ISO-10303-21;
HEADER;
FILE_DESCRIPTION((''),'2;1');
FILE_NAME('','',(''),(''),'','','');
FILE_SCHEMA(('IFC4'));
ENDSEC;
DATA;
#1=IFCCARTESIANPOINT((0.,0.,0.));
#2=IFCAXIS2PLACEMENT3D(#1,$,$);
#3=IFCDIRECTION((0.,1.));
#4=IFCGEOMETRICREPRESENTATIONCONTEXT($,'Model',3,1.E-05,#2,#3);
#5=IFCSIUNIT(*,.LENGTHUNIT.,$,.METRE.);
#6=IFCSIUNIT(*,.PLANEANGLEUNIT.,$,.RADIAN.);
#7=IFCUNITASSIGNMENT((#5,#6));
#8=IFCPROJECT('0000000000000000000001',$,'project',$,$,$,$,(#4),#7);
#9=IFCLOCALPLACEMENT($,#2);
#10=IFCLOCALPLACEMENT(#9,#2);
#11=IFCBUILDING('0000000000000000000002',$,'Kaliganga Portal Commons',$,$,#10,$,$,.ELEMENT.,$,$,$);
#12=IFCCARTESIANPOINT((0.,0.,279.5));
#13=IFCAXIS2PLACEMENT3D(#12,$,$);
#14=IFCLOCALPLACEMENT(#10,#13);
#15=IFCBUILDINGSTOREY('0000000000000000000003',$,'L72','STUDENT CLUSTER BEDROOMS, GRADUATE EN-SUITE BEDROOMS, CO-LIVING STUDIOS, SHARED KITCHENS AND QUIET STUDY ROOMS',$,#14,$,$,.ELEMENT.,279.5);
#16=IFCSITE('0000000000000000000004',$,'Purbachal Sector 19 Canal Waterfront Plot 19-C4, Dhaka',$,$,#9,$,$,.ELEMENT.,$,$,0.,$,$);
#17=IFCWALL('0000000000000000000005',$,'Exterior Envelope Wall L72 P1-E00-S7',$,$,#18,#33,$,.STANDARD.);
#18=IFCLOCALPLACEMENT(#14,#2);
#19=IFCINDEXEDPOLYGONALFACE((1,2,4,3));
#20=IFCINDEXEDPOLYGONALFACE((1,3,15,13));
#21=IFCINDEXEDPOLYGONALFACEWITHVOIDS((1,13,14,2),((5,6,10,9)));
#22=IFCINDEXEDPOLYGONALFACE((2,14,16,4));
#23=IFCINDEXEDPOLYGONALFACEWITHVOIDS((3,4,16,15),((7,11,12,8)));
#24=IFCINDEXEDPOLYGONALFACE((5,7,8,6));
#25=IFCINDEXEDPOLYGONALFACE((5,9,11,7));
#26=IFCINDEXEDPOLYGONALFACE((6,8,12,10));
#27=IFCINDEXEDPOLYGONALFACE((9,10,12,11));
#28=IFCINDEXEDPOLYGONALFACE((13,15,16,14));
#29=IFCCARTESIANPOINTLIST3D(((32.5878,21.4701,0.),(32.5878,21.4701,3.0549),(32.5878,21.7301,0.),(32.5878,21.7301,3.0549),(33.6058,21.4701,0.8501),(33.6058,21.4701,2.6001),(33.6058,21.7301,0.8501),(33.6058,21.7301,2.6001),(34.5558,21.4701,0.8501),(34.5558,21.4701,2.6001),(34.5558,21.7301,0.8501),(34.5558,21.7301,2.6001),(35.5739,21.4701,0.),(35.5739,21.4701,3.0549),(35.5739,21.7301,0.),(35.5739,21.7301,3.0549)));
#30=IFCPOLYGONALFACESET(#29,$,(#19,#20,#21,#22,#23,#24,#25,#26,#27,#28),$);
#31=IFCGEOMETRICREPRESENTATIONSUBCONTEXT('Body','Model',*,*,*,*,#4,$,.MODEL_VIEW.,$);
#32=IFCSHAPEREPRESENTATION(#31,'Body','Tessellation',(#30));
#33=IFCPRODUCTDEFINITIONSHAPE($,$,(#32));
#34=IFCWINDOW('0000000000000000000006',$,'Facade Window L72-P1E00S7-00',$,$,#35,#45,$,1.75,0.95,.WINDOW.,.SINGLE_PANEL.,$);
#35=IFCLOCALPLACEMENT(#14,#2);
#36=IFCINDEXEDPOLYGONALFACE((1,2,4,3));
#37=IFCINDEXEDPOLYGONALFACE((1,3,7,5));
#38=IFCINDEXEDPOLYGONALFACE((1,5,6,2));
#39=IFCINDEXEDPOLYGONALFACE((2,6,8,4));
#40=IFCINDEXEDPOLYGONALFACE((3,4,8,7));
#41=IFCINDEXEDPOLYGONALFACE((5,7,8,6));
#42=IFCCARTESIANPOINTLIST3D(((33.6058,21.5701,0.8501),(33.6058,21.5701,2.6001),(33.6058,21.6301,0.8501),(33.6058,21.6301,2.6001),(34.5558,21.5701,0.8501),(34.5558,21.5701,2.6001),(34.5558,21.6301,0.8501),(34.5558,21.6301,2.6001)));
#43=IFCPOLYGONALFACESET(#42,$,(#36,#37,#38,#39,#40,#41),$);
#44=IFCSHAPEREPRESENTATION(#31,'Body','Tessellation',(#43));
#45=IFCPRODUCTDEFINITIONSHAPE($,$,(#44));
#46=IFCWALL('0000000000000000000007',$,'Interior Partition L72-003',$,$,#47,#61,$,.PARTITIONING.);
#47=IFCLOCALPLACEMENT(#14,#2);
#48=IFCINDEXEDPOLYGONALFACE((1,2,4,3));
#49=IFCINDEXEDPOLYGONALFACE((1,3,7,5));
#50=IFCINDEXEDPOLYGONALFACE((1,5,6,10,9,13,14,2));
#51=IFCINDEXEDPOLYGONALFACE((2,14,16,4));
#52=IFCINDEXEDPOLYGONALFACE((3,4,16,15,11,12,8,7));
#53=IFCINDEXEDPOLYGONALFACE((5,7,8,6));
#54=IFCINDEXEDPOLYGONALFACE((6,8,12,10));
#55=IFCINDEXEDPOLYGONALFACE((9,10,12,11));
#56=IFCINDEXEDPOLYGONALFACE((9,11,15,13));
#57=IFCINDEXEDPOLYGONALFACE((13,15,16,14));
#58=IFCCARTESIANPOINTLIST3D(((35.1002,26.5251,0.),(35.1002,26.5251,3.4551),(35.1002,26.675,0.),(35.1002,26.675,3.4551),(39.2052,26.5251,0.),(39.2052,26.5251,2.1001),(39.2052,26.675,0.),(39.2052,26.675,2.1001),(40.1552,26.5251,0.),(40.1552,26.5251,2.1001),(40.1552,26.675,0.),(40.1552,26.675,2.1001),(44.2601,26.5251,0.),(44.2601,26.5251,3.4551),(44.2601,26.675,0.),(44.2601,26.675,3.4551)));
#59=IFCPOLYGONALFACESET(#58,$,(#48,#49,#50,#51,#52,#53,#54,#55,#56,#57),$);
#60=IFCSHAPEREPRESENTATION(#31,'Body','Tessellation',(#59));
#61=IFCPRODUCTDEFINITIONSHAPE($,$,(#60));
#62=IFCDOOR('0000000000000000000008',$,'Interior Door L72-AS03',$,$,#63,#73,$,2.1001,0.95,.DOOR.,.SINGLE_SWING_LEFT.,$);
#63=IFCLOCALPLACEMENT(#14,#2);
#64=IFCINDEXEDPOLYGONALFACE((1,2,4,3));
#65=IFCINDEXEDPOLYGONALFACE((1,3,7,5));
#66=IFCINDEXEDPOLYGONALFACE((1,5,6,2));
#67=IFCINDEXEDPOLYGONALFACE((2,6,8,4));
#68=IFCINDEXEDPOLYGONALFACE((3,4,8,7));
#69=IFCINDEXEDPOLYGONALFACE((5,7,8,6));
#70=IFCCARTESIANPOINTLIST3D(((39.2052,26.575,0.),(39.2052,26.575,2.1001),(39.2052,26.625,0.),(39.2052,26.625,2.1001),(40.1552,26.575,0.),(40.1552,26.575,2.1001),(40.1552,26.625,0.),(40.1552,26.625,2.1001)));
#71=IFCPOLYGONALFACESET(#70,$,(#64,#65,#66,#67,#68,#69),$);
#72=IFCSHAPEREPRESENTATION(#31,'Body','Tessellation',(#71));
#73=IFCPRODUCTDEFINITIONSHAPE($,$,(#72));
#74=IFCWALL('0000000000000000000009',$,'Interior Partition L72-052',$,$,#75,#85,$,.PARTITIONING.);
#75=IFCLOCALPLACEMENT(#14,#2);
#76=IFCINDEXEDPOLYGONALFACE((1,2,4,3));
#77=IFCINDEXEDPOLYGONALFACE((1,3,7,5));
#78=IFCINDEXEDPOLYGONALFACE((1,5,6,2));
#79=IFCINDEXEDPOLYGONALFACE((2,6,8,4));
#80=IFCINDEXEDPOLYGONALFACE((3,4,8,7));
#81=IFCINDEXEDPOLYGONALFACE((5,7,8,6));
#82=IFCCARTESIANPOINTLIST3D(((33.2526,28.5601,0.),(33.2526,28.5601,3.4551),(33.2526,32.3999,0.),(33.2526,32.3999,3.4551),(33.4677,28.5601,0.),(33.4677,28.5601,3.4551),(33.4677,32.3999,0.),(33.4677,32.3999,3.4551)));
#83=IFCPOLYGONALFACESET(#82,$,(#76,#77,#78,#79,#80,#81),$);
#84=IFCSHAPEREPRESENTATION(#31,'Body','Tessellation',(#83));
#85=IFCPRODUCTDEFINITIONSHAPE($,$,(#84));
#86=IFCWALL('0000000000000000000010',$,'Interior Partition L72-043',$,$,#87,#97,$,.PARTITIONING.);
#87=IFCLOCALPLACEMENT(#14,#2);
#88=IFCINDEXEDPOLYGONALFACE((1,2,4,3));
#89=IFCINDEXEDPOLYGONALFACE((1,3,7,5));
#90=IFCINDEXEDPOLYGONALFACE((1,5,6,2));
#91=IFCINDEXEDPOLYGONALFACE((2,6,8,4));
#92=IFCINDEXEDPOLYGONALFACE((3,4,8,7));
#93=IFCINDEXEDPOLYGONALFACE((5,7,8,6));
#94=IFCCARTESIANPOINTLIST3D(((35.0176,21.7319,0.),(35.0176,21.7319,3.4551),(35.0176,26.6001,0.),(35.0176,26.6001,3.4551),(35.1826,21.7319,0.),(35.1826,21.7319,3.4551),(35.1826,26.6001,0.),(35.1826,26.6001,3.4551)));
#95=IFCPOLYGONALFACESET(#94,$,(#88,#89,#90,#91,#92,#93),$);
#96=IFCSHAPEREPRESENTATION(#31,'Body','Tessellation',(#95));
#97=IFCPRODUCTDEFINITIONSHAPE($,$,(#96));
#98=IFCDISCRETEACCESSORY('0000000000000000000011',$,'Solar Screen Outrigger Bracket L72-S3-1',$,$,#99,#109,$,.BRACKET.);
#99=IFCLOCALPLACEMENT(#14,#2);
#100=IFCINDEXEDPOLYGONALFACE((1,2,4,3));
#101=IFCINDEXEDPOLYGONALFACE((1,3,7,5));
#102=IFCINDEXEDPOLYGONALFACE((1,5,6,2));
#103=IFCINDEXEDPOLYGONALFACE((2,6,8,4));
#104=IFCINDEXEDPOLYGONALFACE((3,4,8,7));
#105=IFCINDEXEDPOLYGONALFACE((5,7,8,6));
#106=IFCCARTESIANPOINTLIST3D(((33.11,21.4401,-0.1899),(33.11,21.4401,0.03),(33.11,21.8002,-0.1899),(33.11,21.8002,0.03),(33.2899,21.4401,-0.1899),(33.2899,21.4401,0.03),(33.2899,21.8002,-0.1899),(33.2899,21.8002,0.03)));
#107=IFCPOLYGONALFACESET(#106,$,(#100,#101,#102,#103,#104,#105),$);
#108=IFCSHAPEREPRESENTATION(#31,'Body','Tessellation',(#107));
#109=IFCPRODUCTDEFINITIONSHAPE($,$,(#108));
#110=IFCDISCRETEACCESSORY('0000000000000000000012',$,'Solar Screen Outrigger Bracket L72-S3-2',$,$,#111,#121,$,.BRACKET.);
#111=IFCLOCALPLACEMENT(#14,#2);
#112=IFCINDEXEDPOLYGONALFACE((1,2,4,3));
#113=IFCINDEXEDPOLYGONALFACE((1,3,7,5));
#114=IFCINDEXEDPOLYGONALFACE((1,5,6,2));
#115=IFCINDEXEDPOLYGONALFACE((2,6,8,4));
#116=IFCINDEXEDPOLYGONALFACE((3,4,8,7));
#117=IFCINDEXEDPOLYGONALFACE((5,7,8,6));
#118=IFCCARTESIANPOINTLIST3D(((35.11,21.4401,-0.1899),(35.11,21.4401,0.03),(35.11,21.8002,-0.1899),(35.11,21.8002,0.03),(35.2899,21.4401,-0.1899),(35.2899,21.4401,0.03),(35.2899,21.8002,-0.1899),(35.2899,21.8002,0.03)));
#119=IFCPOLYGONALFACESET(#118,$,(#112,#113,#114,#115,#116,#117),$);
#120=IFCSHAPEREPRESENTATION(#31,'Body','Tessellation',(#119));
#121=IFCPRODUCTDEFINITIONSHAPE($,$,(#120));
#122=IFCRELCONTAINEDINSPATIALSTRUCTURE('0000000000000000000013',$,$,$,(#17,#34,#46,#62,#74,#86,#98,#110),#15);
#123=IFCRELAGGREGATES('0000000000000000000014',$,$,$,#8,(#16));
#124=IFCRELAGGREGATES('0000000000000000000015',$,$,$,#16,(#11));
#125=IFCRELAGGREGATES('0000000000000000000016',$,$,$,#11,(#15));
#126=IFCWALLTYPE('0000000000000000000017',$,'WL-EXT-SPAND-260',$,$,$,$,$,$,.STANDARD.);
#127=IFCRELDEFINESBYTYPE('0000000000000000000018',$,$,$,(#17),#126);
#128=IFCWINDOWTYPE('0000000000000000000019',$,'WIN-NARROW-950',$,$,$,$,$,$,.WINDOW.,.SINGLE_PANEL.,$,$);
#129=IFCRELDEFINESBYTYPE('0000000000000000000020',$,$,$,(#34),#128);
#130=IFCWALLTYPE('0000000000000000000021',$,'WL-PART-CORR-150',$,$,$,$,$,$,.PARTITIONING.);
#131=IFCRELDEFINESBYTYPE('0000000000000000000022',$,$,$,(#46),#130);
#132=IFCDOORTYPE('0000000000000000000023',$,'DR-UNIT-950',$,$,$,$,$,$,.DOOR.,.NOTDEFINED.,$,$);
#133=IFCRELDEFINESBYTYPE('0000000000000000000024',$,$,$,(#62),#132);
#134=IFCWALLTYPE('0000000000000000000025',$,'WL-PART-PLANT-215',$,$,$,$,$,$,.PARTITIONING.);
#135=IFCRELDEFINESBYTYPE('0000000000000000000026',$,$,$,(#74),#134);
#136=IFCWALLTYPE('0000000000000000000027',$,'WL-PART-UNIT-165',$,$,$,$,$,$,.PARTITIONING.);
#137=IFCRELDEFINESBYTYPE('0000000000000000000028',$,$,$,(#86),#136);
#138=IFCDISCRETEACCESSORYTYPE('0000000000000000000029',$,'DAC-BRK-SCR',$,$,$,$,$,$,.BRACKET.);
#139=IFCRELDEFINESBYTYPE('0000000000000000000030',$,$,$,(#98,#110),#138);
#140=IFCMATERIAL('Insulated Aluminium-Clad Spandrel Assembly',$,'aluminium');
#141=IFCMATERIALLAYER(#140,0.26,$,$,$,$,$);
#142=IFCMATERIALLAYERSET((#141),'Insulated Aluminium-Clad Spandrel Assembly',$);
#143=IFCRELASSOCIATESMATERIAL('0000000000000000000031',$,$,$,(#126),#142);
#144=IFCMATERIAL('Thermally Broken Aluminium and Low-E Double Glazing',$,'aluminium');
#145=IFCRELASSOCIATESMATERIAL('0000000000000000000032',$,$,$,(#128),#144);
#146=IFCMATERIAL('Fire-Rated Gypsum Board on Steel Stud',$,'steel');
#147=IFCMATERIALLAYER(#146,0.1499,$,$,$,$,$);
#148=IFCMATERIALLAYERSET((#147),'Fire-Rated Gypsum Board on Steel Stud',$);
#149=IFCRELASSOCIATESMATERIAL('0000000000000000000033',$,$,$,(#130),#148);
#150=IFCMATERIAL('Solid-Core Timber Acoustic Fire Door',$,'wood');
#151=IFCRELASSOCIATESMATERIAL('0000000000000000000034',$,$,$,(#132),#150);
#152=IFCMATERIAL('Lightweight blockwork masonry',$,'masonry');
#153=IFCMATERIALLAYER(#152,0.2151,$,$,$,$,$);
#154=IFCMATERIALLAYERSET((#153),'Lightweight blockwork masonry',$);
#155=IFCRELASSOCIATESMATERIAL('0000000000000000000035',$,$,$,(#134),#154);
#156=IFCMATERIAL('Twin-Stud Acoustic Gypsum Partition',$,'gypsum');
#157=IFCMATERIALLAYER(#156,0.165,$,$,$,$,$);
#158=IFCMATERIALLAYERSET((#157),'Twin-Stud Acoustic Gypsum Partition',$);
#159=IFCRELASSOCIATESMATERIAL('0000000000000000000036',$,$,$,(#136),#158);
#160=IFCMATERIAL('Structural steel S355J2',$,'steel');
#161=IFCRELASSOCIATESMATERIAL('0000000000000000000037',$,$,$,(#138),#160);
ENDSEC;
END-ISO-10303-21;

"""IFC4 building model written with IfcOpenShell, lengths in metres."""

from ifc_helpers import new_model, si_unit, direction, frame, frame_2d, origin, origin_2d, place, context, subcontext, project, spatial, rectangle, extrude, source, transform, mapped, material, layer, layer_set, type_object, element, fill, save


model = new_model("IFC4")

# Units and contexts
model_context = context("Model", 3, precision=1e-05, world=origin(), true_north=direction((0.0, 1.0)))
body_context = subcontext(model_context, "Body", "Model", "MODEL_VIEW")
ifc_project = project(units=[si_unit("LENGTHUNIT", "METRE"), si_unit("PLANEANGLEUNIT", "RADIAN")], contexts=[model_context])

# Site, building, storey
site_placement = place(None, origin())
site = spatial("IfcSite", under=ifc_project, at=site_placement, Name="Purbachal Sector 19 Canal Waterfront Plot 19-C4, Dhaka", CompositionType="ELEMENT", RefElevation=0.0)
building_placement = place(site_placement, origin())
building = spatial("IfcBuilding", under=site, at=building_placement, Name="Kaliganga Portal Commons", CompositionType="ELEMENT")
storey_placement = place(building_placement, frame((0.0, 0.0, 279.5)))
storey = spatial("IfcBuildingStorey", under=building, at=storey_placement, Name="L72", Description="STUDENT CLUSTER BEDROOMS, GRADUATE EN-SUITE BEDROOMS, CO-LIVING STUDIOS, SHARED KITCHENS AND QUIET STUDY ROOMS", CompositionType="ELEMENT", Elevation=279.5)

# Shared definitions
ifc_material_1 = material(Name="Structural steel S355J2", Category="steel")

# Wall, opening, window
ifc_material_2 = material(Name="Insulated Aluminium-Clad Spandrel Assembly", Category="aluminium")
ifc_layer_1 = layer(ifc_material_2, 0.26)
ifc_layer_set_1 = layer_set([ifc_layer_1], Name="Insulated Aluminium-Clad Spandrel Assembly")
wall_type_1 = type_object("IfcWallType", Name="WL-EXT-SPAND-260", PredefinedType="STANDARD", material=ifc_layer_set_1)
wall_1_placement = place(storey_placement, frame((35.574, 21.6001, 0.0), z_axis=(0.0, 0.0, 1.0), x_axis=(-1.0, 0.0, 0.0)))
wall_1 = element("IfcWall", 1, at=wall_1_placement, inside=storey, type_object=wall_type_1, Name="Exterior Envelope Wall L72 P1-E00-S7", PredefinedType="STANDARD", context=body_context, shape_type="SweptSolid", body=[
    extrude(rectangle(XDim=2.9861, YDim=0.26, at=frame_2d((1.4932, 0.0))), origin(), (0.0, 0.0, 1.0), 3.0549),
])
opening_1_placement = place(wall_1_placement, frame((1.0181, 0.0, 0.8501)))
opening_1 = element("IfcOpeningElement", 2, at=opening_1_placement, cuts=wall_1, PredefinedType="OPENING", context=body_context, shape_type="SweptSolid", body=[
    extrude(rectangle(XDim=0.95, YDim=1.75, at=frame_2d((0.4751, 0.875))), frame((0.0, 0.1401, 0.0), z_axis=(0.0, -1.0, 0.0), x_axis=(1.0, 0.0, 0.0)), (0.0, 0.0, 1.0), 0.28),
])
ifc_material_3 = material(Name="Thermally Broken Aluminium and Low-E Double Glazing", Category="aluminium")
window_type = type_object("IfcWindowType", Name="WIN-NARROW-950", PartitioningType="SINGLE_PANEL", PredefinedType="WINDOW", material=ifc_material_3)
window_placement = place(opening_1_placement, origin())
window = element("IfcWindow", 3, at=window_placement, inside=storey, type_object=window_type, Name="Facade Window L72-P1E00S7-00", OverallHeight=1.75, OverallWidth=0.95, PartitioningType="SINGLE_PANEL", PredefinedType="WINDOW", context=body_context, shape_type="SweptSolid", body=[
    extrude(rectangle(XDim=0.95, YDim=1.75, at=frame_2d((0.4751, 0.875))), frame((0.0, 0.03, 0.0), z_axis=(0.0, -1.0, 0.0), x_axis=(1.0, 0.0, 0.0)), (0.0, 0.0, 1.0), 0.0601),
])
fill(opening_1, window)

# Wall, opening, door
ifc_material_4 = material(Name="Fire-Rated Gypsum Board on Steel Stud", Category="steel")
ifc_layer_2 = layer(ifc_material_4, 0.1499)
ifc_layer_set_2 = layer_set([ifc_layer_2], Name="Fire-Rated Gypsum Board on Steel Stud")
wall_type_2 = type_object("IfcWallType", Name="WL-PART-CORR-150", PredefinedType="PARTITIONING", material=ifc_layer_set_2)
wall_2_placement = place(storey_placement, frame((35.1001, 26.6001, 0.0), z_axis=(0.0, 0.0, 1.0), x_axis=(1.0, 0.0, 0.0)))
wall_2 = element("IfcWall", 4, at=wall_2_placement, inside=storey, type_object=wall_type_2, Name="Interior Partition L72-003", PredefinedType="PARTITIONING", context=body_context, shape_type="SweptSolid", body=[
    extrude(rectangle(XDim=9.1599, YDim=0.1499, at=frame_2d((4.5801, 0.0))), origin(), (0.0, 0.0, 1.0), 3.4551),
])
opening_2_placement = place(wall_2_placement, frame((4.105, 0.0, 0.0)))
opening_2 = element("IfcOpeningElement", 5, at=opening_2_placement, cuts=wall_2, PredefinedType="OPENING", context=body_context, shape_type="SweptSolid", body=[
    extrude(rectangle(XDim=0.95, YDim=2.1001, at=frame_2d((0.4751, 1.05))), frame((0.0, 0.085, 0.0), z_axis=(0.0, -1.0, 0.0), x_axis=(1.0, 0.0, 0.0)), (0.0, 0.0, 1.0), 0.1699),
])
ifc_material_5 = material(Name="Solid-Core Timber Acoustic Fire Door", Category="wood")
door_type_1 = type_object("IfcDoorType", Name="DR-UNIT-950", OperationType="NOTDEFINED", PredefinedType="DOOR", material=ifc_material_5)
door_1_placement = place(opening_2_placement, origin())
door_1 = element("IfcDoor", 6, at=door_1_placement, inside=storey, type_object=door_type_1, Name="Interior Door L72-AS03", OperationType="SINGLE_SWING_LEFT", OverallHeight=2.1001, OverallWidth=0.95, PredefinedType="DOOR", context=body_context, shape_type="SweptSolid", body=[
    extrude(rectangle(XDim=0.95, YDim=2.1001, at=frame_2d((0.4751, 1.05))), frame((0.0, 0.0249, 0.0), z_axis=(0.0, -1.0, 0.0), x_axis=(1.0, 0.0, 0.0)), (0.0, 0.0, 1.0), 0.05),
])
fill(opening_2, door_1)

# Walls
ifc_material_6 = material(Name="Lightweight blockwork masonry", Category="masonry")
ifc_layer_3 = layer(ifc_material_6, 0.2151)
ifc_layer_set_3 = layer_set([ifc_layer_3], Name="Lightweight blockwork masonry")
wall_type_3 = type_object("IfcWallType", Name="WL-PART-PLANT-215", PredefinedType="PARTITIONING", material=ifc_layer_set_3)
wall_3_placement = place(storey_placement, frame((33.3601, 28.5601, 0.0), z_axis=(0.0, 0.0, 1.0), x_axis=(0.0, 1.0, 0.0)))
element("IfcWall", 7, at=wall_3_placement, inside=storey, type_object=wall_type_3, Name="Interior Partition L72-052", PredefinedType="PARTITIONING", context=body_context, shape_type="SweptSolid", body=[
    extrude(rectangle(XDim=3.8398, YDim=0.2151, at=frame_2d((1.9199, 0.0))), origin(), (0.0, 0.0, 1.0), 3.4551),
])
ifc_material_7 = material(Name="Twin-Stud Acoustic Gypsum Partition", Category="gypsum")
ifc_layer_4 = layer(ifc_material_7, 0.165)
ifc_layer_set_4 = layer_set([ifc_layer_4], Name="Twin-Stud Acoustic Gypsum Partition")
wall_type_4 = type_object("IfcWallType", Name="WL-PART-UNIT-165", PredefinedType="PARTITIONING", material=ifc_layer_set_4)
wall_4_placement = place(storey_placement, frame((35.1001, 21.7319, 0.0), z_axis=(0.0, 0.0, 1.0), x_axis=(0.0, 1.0, 0.0)))
element("IfcWall", 8, at=wall_4_placement, inside=storey, type_object=wall_type_4, Name="Interior Partition L72-043", PredefinedType="PARTITIONING", context=body_context, shape_type="SweptSolid", body=[
    extrude(rectangle(XDim=4.8682, YDim=0.165, at=frame_2d((2.4341, 0.0))), origin(), (0.0, 0.0, 1.0), 3.4551),
])

# Discrete accessories
discrete_accessory_type = type_object("IfcDiscreteAccessoryType", Name="DAC-BRK-SCR", PredefinedType="BRACKET", material=ifc_material_1)
shared_shape_1 = source(origin(), body_context, "Body", "SweptSolid", [
    extrude(rectangle(XDim=0.1799, YDim=0.3601, at=origin_2d()), origin(), (0.0, 0.0, 1.0), 0.22),
])
for number, where, z_axis, x_axis, name in (
    (9, (33.2, 21.6201, -0.1899), (0.0, 0.0, 1.0), (1.0, 0.0, 0.0), "Solar Screen Outrigger Bracket L72-S3-1"),
    (10, (35.2, 21.6201, -0.1899), (0.0, 0.0, 1.0), (1.0, 0.0, 0.0), "Solar Screen Outrigger Bracket L72-S3-2"),
):
    element("IfcDiscreteAccessory", number, at=place(storey_placement, frame(where, z_axis=z_axis, x_axis=x_axis)), inside=storey, type_object=discrete_accessory_type, Name=name, PredefinedType="BRACKET", context=body_context, shape_type="MappedRepresentation", body=[
        mapped(shared_shape_1, transform((0.0, 0.0, 0.0), x_axis=(1.0, 0.0, 0.0), y_axis=(0.0, 1.0, 0.0), z_axis=(0.0, 0.0, 1.0), scale=1.0)),
    ])

save(model, "model.ifc")
